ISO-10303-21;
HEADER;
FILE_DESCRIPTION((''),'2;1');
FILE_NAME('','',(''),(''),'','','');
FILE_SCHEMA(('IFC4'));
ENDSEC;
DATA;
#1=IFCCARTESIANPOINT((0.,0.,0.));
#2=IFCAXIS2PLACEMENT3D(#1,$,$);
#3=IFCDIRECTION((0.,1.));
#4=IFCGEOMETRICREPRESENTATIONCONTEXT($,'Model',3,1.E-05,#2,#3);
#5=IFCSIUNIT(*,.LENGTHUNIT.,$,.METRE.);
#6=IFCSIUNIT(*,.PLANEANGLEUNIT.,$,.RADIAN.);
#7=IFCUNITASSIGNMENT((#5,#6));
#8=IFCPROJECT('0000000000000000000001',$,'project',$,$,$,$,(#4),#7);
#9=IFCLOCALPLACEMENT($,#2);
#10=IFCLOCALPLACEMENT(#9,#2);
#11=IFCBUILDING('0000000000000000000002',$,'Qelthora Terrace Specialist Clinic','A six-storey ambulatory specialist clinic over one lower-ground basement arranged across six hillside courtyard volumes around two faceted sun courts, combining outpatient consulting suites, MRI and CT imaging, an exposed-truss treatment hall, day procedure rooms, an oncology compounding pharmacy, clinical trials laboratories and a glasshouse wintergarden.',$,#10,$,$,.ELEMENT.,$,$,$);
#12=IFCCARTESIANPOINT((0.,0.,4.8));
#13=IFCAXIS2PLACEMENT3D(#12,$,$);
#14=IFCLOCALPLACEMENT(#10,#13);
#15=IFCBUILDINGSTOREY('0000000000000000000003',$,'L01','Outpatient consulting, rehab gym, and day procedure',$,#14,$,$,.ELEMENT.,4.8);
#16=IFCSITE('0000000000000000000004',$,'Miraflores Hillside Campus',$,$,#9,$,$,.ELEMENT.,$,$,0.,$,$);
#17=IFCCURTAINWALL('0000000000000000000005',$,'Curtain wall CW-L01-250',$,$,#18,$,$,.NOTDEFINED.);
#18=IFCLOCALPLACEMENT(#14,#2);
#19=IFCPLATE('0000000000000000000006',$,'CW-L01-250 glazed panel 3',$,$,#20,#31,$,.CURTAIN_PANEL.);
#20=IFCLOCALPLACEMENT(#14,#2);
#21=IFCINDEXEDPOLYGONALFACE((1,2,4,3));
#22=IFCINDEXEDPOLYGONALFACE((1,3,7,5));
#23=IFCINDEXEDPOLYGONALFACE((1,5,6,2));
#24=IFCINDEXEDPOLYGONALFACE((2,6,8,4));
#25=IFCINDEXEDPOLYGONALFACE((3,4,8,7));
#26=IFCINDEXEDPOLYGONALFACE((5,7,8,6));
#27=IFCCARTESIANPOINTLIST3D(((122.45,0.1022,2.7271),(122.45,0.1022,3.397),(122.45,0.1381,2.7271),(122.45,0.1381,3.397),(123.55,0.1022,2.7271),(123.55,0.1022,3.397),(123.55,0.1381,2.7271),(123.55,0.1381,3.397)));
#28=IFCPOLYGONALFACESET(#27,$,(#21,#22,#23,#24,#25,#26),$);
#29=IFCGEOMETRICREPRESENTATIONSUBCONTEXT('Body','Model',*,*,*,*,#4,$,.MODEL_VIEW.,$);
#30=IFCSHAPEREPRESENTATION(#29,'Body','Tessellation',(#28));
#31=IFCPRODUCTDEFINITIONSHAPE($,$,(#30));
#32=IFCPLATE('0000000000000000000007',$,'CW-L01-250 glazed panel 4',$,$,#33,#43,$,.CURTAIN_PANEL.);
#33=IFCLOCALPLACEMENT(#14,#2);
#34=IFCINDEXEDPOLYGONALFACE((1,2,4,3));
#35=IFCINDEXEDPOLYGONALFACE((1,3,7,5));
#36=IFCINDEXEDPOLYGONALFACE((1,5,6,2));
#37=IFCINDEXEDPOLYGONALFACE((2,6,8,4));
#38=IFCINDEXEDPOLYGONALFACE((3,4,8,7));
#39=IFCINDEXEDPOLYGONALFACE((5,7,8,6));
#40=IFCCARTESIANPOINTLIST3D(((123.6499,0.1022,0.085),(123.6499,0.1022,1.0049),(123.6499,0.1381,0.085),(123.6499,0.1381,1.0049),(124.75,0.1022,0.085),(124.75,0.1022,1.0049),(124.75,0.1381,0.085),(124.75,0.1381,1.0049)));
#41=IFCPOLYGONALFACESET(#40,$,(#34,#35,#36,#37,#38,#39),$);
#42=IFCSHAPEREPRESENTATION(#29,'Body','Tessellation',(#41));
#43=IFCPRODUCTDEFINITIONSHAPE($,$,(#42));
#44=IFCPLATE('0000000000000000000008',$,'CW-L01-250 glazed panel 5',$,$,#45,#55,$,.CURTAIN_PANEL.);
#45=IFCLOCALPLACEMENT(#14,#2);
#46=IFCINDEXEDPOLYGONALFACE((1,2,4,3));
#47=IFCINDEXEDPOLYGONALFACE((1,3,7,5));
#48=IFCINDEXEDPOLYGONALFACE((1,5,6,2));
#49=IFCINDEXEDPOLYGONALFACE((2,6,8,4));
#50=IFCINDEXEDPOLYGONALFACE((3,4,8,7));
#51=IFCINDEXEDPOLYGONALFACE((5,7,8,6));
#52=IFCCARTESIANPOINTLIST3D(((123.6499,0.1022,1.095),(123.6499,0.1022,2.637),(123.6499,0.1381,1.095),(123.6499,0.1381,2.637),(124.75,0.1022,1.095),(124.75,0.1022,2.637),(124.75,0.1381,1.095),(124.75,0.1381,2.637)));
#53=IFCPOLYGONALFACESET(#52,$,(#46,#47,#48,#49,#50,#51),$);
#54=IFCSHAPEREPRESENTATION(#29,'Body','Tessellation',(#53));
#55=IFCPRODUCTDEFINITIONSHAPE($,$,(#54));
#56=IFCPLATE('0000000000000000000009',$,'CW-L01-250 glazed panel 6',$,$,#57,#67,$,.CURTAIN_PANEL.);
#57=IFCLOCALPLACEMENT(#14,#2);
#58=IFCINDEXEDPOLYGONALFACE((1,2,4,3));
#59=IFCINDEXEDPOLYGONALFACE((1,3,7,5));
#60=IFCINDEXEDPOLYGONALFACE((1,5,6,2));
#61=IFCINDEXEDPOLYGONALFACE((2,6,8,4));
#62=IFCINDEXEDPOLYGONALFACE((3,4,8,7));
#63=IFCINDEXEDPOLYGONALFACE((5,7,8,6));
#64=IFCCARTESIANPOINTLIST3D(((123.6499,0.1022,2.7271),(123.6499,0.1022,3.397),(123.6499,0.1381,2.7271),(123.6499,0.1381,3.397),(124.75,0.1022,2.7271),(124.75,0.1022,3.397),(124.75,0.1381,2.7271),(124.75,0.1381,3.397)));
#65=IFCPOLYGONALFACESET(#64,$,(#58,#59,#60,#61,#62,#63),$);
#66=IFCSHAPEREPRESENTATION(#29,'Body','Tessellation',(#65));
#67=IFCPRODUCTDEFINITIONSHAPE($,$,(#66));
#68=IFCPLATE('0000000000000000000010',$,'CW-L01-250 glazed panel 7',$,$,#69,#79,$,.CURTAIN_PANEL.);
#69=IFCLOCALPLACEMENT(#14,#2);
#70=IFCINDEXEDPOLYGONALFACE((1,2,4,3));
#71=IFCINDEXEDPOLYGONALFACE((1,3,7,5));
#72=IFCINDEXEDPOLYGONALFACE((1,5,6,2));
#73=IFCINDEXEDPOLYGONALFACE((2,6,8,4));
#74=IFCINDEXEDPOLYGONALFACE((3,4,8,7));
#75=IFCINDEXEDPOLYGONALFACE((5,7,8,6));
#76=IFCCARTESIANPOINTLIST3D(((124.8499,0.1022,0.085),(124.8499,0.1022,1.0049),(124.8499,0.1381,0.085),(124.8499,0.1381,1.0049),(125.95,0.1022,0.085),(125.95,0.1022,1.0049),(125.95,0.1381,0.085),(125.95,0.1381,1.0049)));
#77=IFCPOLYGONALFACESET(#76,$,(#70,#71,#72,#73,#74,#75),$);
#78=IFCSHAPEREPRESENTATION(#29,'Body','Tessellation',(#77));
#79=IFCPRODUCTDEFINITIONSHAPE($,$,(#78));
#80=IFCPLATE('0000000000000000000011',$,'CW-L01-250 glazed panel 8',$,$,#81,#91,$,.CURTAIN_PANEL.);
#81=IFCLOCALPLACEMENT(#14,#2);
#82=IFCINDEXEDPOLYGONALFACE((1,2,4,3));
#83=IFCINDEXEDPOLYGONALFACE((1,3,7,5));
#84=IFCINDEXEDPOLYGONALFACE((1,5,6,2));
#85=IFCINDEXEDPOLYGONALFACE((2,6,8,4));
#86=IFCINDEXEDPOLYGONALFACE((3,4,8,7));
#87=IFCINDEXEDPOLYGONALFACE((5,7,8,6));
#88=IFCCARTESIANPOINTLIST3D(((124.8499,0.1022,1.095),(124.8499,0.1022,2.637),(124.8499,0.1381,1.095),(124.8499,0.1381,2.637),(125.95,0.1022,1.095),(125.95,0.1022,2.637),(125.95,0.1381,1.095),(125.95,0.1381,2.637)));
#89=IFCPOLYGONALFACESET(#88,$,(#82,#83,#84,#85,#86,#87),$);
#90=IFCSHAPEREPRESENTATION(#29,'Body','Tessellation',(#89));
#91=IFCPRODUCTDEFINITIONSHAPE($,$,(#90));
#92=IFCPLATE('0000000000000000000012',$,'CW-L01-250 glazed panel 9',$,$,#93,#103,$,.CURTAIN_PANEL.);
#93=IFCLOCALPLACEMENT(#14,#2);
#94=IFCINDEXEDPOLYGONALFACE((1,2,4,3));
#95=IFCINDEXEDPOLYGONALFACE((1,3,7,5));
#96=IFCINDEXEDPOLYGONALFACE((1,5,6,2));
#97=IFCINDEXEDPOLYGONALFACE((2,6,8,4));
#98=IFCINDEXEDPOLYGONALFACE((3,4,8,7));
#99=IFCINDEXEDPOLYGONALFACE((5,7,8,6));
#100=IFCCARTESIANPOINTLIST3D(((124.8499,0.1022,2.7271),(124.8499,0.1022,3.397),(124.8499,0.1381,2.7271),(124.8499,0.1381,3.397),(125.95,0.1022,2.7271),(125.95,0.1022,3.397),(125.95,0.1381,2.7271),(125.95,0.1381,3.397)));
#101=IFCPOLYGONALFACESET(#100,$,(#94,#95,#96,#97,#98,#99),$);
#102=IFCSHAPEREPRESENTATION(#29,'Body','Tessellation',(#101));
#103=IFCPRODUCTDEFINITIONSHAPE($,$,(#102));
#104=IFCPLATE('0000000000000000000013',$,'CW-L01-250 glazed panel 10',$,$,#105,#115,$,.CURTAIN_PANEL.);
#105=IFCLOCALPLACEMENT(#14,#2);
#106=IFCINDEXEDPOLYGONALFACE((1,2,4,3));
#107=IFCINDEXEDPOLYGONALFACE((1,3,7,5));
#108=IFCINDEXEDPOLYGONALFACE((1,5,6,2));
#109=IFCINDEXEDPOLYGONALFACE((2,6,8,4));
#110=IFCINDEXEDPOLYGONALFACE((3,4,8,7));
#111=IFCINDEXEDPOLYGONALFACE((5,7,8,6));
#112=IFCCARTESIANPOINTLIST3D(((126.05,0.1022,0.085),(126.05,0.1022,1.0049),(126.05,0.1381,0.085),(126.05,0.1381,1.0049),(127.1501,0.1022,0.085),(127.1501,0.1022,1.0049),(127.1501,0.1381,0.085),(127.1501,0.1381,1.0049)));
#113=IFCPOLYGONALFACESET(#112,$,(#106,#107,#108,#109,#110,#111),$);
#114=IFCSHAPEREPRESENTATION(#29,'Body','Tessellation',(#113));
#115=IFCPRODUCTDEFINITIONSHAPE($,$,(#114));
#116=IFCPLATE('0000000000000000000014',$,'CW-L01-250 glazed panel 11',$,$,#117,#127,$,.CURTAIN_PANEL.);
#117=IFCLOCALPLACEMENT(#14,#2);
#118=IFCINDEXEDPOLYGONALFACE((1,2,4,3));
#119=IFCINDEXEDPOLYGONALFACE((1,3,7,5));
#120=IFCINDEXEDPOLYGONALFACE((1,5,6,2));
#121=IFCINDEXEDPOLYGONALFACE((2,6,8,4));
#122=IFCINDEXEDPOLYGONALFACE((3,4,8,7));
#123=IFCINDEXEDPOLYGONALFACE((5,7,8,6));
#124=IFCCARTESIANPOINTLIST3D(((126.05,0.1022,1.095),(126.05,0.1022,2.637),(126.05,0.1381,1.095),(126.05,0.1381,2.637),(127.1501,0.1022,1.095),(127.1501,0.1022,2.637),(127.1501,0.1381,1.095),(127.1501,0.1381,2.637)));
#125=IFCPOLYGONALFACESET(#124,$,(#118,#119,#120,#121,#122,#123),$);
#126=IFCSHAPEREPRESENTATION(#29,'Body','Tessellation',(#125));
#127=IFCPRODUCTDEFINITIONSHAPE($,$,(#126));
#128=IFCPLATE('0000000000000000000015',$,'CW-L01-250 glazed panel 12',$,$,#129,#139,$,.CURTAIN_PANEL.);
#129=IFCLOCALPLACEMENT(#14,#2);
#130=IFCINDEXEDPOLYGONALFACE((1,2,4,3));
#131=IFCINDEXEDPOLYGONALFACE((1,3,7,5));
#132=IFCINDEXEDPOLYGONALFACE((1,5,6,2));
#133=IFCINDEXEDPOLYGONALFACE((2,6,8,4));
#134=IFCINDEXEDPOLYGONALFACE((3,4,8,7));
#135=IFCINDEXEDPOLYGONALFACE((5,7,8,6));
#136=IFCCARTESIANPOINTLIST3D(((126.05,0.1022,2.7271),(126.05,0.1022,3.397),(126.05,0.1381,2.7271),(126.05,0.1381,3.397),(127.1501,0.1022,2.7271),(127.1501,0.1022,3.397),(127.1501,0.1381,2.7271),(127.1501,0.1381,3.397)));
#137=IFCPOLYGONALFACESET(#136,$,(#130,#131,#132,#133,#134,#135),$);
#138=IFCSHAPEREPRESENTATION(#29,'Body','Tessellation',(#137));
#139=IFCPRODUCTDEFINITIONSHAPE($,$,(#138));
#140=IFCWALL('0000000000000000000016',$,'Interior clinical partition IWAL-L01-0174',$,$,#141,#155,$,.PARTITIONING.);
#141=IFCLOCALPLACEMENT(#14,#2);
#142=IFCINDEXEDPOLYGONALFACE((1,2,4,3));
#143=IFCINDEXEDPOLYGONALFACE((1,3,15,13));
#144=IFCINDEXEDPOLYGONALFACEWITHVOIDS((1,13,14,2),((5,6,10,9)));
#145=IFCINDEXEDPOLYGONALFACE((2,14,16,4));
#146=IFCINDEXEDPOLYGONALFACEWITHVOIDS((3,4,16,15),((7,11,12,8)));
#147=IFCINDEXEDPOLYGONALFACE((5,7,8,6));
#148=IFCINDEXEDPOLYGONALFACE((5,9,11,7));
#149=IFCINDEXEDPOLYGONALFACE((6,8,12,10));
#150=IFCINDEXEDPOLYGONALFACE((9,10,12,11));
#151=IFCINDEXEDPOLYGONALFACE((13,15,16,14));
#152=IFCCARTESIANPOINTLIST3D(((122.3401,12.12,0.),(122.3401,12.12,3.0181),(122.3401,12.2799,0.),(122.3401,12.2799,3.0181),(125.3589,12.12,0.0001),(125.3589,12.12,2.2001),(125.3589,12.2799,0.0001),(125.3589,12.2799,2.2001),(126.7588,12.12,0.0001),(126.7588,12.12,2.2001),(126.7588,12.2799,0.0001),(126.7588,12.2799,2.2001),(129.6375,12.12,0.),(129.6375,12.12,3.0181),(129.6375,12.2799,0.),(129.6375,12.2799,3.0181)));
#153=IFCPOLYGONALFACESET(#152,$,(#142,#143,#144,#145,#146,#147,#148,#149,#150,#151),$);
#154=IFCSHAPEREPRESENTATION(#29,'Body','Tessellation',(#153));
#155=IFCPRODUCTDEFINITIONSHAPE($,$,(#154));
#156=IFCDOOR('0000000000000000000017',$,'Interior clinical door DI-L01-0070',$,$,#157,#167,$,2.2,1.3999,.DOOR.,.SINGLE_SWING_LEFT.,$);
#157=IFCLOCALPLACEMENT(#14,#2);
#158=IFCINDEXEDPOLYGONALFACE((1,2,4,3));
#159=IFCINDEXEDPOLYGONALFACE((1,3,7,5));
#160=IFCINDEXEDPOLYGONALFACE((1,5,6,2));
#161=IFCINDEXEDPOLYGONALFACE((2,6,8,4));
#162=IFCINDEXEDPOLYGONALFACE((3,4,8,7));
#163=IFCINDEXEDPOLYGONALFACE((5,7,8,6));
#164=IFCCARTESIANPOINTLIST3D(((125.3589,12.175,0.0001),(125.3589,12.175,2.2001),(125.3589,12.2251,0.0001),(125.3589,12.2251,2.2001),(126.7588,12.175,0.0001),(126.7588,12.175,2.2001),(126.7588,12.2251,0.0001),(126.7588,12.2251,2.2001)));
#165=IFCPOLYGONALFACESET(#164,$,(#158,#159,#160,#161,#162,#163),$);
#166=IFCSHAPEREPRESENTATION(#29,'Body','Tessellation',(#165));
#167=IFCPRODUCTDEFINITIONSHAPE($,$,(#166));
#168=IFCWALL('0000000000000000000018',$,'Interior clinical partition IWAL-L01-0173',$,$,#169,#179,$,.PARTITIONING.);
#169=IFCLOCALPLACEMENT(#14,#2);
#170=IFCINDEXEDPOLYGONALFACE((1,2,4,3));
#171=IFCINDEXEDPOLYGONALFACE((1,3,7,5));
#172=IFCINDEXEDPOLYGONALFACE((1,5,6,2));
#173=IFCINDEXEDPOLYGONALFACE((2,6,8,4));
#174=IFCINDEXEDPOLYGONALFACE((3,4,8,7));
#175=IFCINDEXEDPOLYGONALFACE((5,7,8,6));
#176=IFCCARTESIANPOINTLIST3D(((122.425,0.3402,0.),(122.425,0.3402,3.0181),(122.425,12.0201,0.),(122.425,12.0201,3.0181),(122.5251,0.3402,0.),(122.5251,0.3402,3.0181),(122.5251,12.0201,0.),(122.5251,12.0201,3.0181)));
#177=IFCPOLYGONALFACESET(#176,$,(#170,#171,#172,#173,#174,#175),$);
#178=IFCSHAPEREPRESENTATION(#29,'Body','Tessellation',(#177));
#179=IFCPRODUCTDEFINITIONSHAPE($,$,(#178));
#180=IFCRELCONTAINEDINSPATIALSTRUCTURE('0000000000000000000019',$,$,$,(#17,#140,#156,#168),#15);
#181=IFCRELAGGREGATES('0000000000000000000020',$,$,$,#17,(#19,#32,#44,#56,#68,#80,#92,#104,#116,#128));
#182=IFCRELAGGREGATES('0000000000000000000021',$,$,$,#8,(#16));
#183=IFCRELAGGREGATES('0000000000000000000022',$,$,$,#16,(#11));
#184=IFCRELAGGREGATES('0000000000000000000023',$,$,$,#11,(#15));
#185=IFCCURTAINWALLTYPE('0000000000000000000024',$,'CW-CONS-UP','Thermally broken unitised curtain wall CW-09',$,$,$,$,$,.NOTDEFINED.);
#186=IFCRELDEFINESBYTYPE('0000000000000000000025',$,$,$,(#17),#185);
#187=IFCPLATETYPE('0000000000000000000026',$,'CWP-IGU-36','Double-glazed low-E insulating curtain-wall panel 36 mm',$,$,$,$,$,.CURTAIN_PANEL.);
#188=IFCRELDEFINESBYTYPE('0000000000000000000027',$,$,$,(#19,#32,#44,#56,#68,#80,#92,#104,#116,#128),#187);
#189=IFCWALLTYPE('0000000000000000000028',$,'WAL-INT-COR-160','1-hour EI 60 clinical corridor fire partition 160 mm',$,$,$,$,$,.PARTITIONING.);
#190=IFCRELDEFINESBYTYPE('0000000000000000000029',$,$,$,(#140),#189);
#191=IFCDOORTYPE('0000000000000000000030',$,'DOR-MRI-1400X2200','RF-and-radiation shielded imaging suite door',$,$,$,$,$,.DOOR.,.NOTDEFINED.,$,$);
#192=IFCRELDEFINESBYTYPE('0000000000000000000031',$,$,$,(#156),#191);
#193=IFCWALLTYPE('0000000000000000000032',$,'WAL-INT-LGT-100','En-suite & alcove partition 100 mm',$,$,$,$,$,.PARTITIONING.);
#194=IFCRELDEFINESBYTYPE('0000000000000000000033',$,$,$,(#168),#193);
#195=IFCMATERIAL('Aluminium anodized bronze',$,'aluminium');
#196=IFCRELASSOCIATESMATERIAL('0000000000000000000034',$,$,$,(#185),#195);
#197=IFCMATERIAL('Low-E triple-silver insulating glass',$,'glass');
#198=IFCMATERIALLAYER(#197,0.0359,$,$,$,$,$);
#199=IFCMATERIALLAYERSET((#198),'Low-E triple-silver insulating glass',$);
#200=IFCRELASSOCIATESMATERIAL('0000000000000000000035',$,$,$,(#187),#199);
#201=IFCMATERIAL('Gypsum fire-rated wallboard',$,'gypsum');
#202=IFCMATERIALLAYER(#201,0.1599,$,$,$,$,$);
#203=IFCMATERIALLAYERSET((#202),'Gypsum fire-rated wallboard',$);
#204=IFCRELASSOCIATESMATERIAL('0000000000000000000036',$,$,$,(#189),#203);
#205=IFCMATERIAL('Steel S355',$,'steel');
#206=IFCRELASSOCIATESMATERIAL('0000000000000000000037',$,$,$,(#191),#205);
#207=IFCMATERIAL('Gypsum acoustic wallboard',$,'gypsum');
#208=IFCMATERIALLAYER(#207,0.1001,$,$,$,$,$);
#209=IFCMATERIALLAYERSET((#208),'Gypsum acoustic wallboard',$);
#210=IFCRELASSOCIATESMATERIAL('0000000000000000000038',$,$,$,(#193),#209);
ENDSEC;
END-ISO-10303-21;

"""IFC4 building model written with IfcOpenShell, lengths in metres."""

from ifc_helpers import new_model, si_unit, direction, frame, frame_2d, origin, origin_2d, place, context, subcontext, project, spatial, rectangle, extrude, material, layer, layer_set, type_object, element, fill, aggregate, save


model = new_model("IFC4")

# Units and contexts
model_context = context("Model", 3, precision=1e-05, world=origin(), true_north=direction((0.0, 1.0)))
body_context = subcontext(model_context, "Body", "Model", "MODEL_VIEW")
ifc_project = project(units=[si_unit("LENGTHUNIT", "METRE"), si_unit("PLANEANGLEUNIT", "RADIAN")], contexts=[model_context])

# Site, building, storey
site_placement = place(None, origin())
site = spatial("IfcSite", under=ifc_project, at=site_placement, Name="Miraflores Hillside Campus", CompositionType="ELEMENT", RefElevation=0.0)
building_placement = place(site_placement, origin())
building = spatial("IfcBuilding", under=site, at=building_placement, Name="Qelthora Terrace Specialist Clinic", Description="A six-storey ambulatory specialist clinic over one lower-ground basement arranged across six hillside courtyard volumes around two faceted sun courts, combining outpatient consulting suites, MRI and CT imaging, an exposed-truss treatment hall, day procedure rooms, an oncology compounding pharmacy, clinical trials laboratories and a glasshouse wintergarden.", CompositionType="ELEMENT")
storey_placement = place(building_placement, frame((0.0, 0.0, 4.8)))
storey = spatial("IfcBuildingStorey", under=building, at=storey_placement, Name="L01", Description="Outpatient consulting, rehab gym, and day procedure", CompositionType="ELEMENT", Elevation=4.8)

# Curtain wall
ifc_material_1 = material(Name="Aluminium anodized bronze", Category="aluminium")
curtain_wall_type = type_object("IfcCurtainWallType", Name="CW-CONS-UP", Description="Thermally broken unitised curtain wall CW-09", PredefinedType="NOTDEFINED", material=ifc_material_1)
curtain_wall_1_placement = place(storey_placement, origin())
curtain_wall_1 = element("IfcCurtainWall", 1, at=curtain_wall_1_placement, inside=storey, type_object=curtain_wall_type, Name="Curtain wall CW-L01-250", PredefinedType="NOTDEFINED")

# Plates
ifc_material_2 = material(Name="Low-E triple-silver insulating glass", Category="glass")
ifc_layer_1 = layer(ifc_material_2, 0.0359)
ifc_layer_set_1 = layer_set([ifc_layer_1], Name="Low-E triple-silver insulating glass")
plate_type = type_object("IfcPlateType", Name="CWP-IGU-36", Description="Double-glazed low-E insulating curtain-wall panel 36 mm", PredefinedType="CURTAIN_PANEL", material=ifc_layer_set_1)
plate_1_placement = place(storey_placement, frame((123.0, 0.1201, 2.7271), z_axis=(0.0, 0.0, 1.0), x_axis=(1.0, 0.0, 0.0)))
plate_1 = element("IfcPlate", 2, at=plate_1_placement, type_object=plate_type, Name="CW-L01-250 glazed panel 3", PredefinedType="CURTAIN_PANEL", context=body_context, shape_type="SweptSolid", body=[
    extrude(rectangle(XDim=1.1001, YDim=0.0359, at=origin_2d()), origin(), (0.0, 0.0, 1.0), 0.6699),
])
plate_2_placement = place(storey_placement, frame((124.2, 0.1201, 0.085), z_axis=(0.0, 0.0, 1.0), x_axis=(1.0, 0.0, 0.0)))
plate_2 = element("IfcPlate", 3, at=plate_2_placement, type_object=plate_type, Name="CW-L01-250 glazed panel 4", PredefinedType="CURTAIN_PANEL", context=body_context, shape_type="SweptSolid", body=[
    extrude(rectangle(XDim=1.1001, YDim=0.0359, at=origin_2d()), origin(), (0.0, 0.0, 1.0), 0.9199),
])
plate_3_placement = place(storey_placement, frame((124.2, 0.1201, 1.095), z_axis=(0.0, 0.0, 1.0), x_axis=(1.0, 0.0, 0.0)))
plate_3 = element("IfcPlate", 4, at=plate_3_placement, type_object=plate_type, Name="CW-L01-250 glazed panel 5", PredefinedType="CURTAIN_PANEL", context=body_context, shape_type="SweptSolid", body=[
    extrude(rectangle(XDim=1.1001, YDim=0.0359, at=origin_2d()), origin(), (0.0, 0.0, 1.0), 1.542),
])
plate_4_placement = place(storey_placement, frame((124.2, 0.1201, 2.7271), z_axis=(0.0, 0.0, 1.0), x_axis=(1.0, 0.0, 0.0)))
plate_4 = element("IfcPlate", 5, at=plate_4_placement, type_object=plate_type, Name="CW-L01-250 glazed panel 6", PredefinedType="CURTAIN_PANEL", context=body_context, shape_type="SweptSolid", body=[
    extrude(rectangle(XDim=1.1001, YDim=0.0359, at=origin_2d()), origin(), (0.0, 0.0, 1.0), 0.6699),
])
plate_5_placement = place(storey_placement, frame((125.3999, 0.1201, 0.085), z_axis=(0.0, 0.0, 1.0), x_axis=(1.0, 0.0, 0.0)))
plate_5 = element("IfcPlate", 6, at=plate_5_placement, type_object=plate_type, Name="CW-L01-250 glazed panel 7", PredefinedType="CURTAIN_PANEL", context=body_context, shape_type="SweptSolid", body=[
    extrude(rectangle(XDim=1.1001, YDim=0.0359, at=origin_2d()), origin(), (0.0, 0.0, 1.0), 0.9199),
])
plate_6_placement = place(storey_placement, frame((125.3999, 0.1201, 1.095), z_axis=(0.0, 0.0, 1.0), x_axis=(1.0, 0.0, 0.0)))
plate_6 = element("IfcPlate", 7, at=plate_6_placement, type_object=plate_type, Name="CW-L01-250 glazed panel 8", PredefinedType="CURTAIN_PANEL", context=body_context, shape_type="SweptSolid", body=[
    extrude(rectangle(XDim=1.1001, YDim=0.0359, at=origin_2d()), origin(), (0.0, 0.0, 1.0), 1.542),
])
plate_7_placement = place(storey_placement, frame((125.3999, 0.1201, 2.7271), z_axis=(0.0, 0.0, 1.0), x_axis=(1.0, 0.0, 0.0)))
plate_7 = element("IfcPlate", 8, at=plate_7_placement, type_object=plate_type, Name="CW-L01-250 glazed panel 9", PredefinedType="CURTAIN_PANEL", context=body_context, shape_type="SweptSolid", body=[
    extrude(rectangle(XDim=1.1001, YDim=0.0359, at=origin_2d()), origin(), (0.0, 0.0, 1.0), 0.6699),
])
plate_8_placement = place(storey_placement, frame((126.6001, 0.1201, 0.085), z_axis=(0.0, 0.0, 1.0), x_axis=(1.0, 0.0, 0.0)))
plate_8 = element("IfcPlate", 9, at=plate_8_placement, type_object=plate_type, Name="CW-L01-250 glazed panel 10", PredefinedType="CURTAIN_PANEL", context=body_context, shape_type="SweptSolid", body=[
    extrude(rectangle(XDim=1.1001, YDim=0.0359, at=origin_2d()), origin(), (0.0, 0.0, 1.0), 0.9199),
])
plate_9_placement = place(storey_placement, frame((126.6001, 0.1201, 1.095), z_axis=(0.0, 0.0, 1.0), x_axis=(1.0, 0.0, 0.0)))
plate_9 = element("IfcPlate", 10, at=plate_9_placement, type_object=plate_type, Name="CW-L01-250 glazed panel 11", PredefinedType="CURTAIN_PANEL", context=body_context, shape_type="SweptSolid", body=[
    extrude(rectangle(XDim=1.1001, YDim=0.0359, at=origin_2d()), origin(), (0.0, 0.0, 1.0), 1.542),
])
plate_10_placement = place(storey_placement, frame((126.6001, 0.1201, 2.7271), z_axis=(0.0, 0.0, 1.0), x_axis=(1.0, 0.0, 0.0)))
plate_10 = element("IfcPlate", 11, at=plate_10_placement, type_object=plate_type, Name="CW-L01-250 glazed panel 12", PredefinedType="CURTAIN_PANEL", context=body_context, shape_type="SweptSolid", body=[
    extrude(rectangle(XDim=1.1001, YDim=0.0359, at=origin_2d()), origin(), (0.0, 0.0, 1.0), 0.6699),
])
aggregate(curtain_wall_1, [plate_1, plate_2, plate_3, plate_4, plate_5, plate_6, plate_7, plate_8, plate_9, plate_10])

# Wall, opening, door
ifc_material_3 = material(Name="Gypsum fire-rated wallboard", Category="gypsum")
ifc_layer_2 = layer(ifc_material_3, 0.1599)
ifc_layer_set_2 = layer_set([ifc_layer_2], Name="Gypsum fire-rated wallboard")
wall_type_1 = type_object("IfcWallType", Name="WAL-INT-COR-160", Description="1-hour EI 60 clinical corridor fire partition 160 mm", PredefinedType="PARTITIONING", material=ifc_layer_set_2)
wall_1_placement = place(storey_placement, frame((122.3401, 12.2, 0.0), z_axis=(0.0, 0.0, 1.0), x_axis=(1.0, 0.0, 0.0)))
wall_1 = element("IfcWall", 12, at=wall_1_placement, inside=storey, type_object=wall_type_1, Name="Interior clinical partition IWAL-L01-0174", PredefinedType="PARTITIONING", context=body_context, shape_type="SweptSolid", body=[
    extrude(rectangle(XDim=7.2974, YDim=0.1599, at=frame_2d((3.6487, 0.0))), origin(), (0.0, 0.0, 1.0), 3.0181),
])
opening_placement = place(wall_1_placement, frame((3.0188, 0.0, 0.0)))
opening = element("IfcOpeningElement", 13, at=opening_placement, cuts=wall_1, PredefinedType="OPENING", context=body_context, shape_type="SweptSolid", body=[
    extrude(rectangle(XDim=1.3999, YDim=2.2, at=frame_2d((0.7, 1.1001))), frame((0.0, 0.0898, 0.0), z_axis=(0.0, -1.0, 0.0), x_axis=(1.0, 0.0, 0.0)), (0.0, 0.0, 1.0), 0.1799),
])
ifc_material_4 = material(Name="Steel S355", Category="steel")
door_type = type_object("IfcDoorType", Name="DOR-MRI-1400X2200", Description="RF-and-radiation shielded imaging suite door", OperationType="NOTDEFINED", PredefinedType="DOOR", material=ifc_material_4)
door_placement = place(opening_placement, frame((1.3999, 0.0, 0.0), z_axis=(0.0, 0.0, 1.0), x_axis=(-1.0, 0.0, 0.0)))
door = element("IfcDoor", 14, at=door_placement, inside=storey, type_object=door_type, Name="Interior clinical door DI-L01-0070", OperationType="SINGLE_SWING_LEFT", OverallHeight=2.2, OverallWidth=1.3999, PredefinedType="DOOR", context=body_context, shape_type="SweptSolid", body=[
    extrude(rectangle(XDim=1.3999, YDim=2.2, at=frame_2d((0.7, 1.1001))), frame((0.0, 0.0249, 0.0), z_axis=(0.0, -1.0, 0.0), x_axis=(1.0, 0.0, 0.0)), (0.0, 0.0, 1.0), 0.05),
])
fill(opening, door)

# Wall
ifc_material_5 = material(Name="Gypsum acoustic wallboard", Category="gypsum")
ifc_layer_3 = layer(ifc_material_5, 0.1001)
ifc_layer_set_3 = layer_set([ifc_layer_3], Name="Gypsum acoustic wallboard")
wall_type_2 = type_object("IfcWallType", Name="WAL-INT-LGT-100", Description="En-suite & alcove partition 100 mm", PredefinedType="PARTITIONING", material=ifc_layer_set_3)
wall_2_placement = place(storey_placement, frame((122.4751, 12.02, 0.0), z_axis=(0.0, 0.0, 1.0), x_axis=(0.0, -1.0, 0.0)))
element("IfcWall", 15, at=wall_2_placement, inside=storey, type_object=wall_type_2, Name="Interior clinical partition IWAL-L01-0173", PredefinedType="PARTITIONING", context=body_context, shape_type="SweptSolid", body=[
    extrude(rectangle(XDim=11.6799, YDim=0.1001, at=frame_2d((5.8398, 0.0))), origin(), (0.0, 0.0, 1.0), 3.0181),
])

save(model, "model.ifc")
